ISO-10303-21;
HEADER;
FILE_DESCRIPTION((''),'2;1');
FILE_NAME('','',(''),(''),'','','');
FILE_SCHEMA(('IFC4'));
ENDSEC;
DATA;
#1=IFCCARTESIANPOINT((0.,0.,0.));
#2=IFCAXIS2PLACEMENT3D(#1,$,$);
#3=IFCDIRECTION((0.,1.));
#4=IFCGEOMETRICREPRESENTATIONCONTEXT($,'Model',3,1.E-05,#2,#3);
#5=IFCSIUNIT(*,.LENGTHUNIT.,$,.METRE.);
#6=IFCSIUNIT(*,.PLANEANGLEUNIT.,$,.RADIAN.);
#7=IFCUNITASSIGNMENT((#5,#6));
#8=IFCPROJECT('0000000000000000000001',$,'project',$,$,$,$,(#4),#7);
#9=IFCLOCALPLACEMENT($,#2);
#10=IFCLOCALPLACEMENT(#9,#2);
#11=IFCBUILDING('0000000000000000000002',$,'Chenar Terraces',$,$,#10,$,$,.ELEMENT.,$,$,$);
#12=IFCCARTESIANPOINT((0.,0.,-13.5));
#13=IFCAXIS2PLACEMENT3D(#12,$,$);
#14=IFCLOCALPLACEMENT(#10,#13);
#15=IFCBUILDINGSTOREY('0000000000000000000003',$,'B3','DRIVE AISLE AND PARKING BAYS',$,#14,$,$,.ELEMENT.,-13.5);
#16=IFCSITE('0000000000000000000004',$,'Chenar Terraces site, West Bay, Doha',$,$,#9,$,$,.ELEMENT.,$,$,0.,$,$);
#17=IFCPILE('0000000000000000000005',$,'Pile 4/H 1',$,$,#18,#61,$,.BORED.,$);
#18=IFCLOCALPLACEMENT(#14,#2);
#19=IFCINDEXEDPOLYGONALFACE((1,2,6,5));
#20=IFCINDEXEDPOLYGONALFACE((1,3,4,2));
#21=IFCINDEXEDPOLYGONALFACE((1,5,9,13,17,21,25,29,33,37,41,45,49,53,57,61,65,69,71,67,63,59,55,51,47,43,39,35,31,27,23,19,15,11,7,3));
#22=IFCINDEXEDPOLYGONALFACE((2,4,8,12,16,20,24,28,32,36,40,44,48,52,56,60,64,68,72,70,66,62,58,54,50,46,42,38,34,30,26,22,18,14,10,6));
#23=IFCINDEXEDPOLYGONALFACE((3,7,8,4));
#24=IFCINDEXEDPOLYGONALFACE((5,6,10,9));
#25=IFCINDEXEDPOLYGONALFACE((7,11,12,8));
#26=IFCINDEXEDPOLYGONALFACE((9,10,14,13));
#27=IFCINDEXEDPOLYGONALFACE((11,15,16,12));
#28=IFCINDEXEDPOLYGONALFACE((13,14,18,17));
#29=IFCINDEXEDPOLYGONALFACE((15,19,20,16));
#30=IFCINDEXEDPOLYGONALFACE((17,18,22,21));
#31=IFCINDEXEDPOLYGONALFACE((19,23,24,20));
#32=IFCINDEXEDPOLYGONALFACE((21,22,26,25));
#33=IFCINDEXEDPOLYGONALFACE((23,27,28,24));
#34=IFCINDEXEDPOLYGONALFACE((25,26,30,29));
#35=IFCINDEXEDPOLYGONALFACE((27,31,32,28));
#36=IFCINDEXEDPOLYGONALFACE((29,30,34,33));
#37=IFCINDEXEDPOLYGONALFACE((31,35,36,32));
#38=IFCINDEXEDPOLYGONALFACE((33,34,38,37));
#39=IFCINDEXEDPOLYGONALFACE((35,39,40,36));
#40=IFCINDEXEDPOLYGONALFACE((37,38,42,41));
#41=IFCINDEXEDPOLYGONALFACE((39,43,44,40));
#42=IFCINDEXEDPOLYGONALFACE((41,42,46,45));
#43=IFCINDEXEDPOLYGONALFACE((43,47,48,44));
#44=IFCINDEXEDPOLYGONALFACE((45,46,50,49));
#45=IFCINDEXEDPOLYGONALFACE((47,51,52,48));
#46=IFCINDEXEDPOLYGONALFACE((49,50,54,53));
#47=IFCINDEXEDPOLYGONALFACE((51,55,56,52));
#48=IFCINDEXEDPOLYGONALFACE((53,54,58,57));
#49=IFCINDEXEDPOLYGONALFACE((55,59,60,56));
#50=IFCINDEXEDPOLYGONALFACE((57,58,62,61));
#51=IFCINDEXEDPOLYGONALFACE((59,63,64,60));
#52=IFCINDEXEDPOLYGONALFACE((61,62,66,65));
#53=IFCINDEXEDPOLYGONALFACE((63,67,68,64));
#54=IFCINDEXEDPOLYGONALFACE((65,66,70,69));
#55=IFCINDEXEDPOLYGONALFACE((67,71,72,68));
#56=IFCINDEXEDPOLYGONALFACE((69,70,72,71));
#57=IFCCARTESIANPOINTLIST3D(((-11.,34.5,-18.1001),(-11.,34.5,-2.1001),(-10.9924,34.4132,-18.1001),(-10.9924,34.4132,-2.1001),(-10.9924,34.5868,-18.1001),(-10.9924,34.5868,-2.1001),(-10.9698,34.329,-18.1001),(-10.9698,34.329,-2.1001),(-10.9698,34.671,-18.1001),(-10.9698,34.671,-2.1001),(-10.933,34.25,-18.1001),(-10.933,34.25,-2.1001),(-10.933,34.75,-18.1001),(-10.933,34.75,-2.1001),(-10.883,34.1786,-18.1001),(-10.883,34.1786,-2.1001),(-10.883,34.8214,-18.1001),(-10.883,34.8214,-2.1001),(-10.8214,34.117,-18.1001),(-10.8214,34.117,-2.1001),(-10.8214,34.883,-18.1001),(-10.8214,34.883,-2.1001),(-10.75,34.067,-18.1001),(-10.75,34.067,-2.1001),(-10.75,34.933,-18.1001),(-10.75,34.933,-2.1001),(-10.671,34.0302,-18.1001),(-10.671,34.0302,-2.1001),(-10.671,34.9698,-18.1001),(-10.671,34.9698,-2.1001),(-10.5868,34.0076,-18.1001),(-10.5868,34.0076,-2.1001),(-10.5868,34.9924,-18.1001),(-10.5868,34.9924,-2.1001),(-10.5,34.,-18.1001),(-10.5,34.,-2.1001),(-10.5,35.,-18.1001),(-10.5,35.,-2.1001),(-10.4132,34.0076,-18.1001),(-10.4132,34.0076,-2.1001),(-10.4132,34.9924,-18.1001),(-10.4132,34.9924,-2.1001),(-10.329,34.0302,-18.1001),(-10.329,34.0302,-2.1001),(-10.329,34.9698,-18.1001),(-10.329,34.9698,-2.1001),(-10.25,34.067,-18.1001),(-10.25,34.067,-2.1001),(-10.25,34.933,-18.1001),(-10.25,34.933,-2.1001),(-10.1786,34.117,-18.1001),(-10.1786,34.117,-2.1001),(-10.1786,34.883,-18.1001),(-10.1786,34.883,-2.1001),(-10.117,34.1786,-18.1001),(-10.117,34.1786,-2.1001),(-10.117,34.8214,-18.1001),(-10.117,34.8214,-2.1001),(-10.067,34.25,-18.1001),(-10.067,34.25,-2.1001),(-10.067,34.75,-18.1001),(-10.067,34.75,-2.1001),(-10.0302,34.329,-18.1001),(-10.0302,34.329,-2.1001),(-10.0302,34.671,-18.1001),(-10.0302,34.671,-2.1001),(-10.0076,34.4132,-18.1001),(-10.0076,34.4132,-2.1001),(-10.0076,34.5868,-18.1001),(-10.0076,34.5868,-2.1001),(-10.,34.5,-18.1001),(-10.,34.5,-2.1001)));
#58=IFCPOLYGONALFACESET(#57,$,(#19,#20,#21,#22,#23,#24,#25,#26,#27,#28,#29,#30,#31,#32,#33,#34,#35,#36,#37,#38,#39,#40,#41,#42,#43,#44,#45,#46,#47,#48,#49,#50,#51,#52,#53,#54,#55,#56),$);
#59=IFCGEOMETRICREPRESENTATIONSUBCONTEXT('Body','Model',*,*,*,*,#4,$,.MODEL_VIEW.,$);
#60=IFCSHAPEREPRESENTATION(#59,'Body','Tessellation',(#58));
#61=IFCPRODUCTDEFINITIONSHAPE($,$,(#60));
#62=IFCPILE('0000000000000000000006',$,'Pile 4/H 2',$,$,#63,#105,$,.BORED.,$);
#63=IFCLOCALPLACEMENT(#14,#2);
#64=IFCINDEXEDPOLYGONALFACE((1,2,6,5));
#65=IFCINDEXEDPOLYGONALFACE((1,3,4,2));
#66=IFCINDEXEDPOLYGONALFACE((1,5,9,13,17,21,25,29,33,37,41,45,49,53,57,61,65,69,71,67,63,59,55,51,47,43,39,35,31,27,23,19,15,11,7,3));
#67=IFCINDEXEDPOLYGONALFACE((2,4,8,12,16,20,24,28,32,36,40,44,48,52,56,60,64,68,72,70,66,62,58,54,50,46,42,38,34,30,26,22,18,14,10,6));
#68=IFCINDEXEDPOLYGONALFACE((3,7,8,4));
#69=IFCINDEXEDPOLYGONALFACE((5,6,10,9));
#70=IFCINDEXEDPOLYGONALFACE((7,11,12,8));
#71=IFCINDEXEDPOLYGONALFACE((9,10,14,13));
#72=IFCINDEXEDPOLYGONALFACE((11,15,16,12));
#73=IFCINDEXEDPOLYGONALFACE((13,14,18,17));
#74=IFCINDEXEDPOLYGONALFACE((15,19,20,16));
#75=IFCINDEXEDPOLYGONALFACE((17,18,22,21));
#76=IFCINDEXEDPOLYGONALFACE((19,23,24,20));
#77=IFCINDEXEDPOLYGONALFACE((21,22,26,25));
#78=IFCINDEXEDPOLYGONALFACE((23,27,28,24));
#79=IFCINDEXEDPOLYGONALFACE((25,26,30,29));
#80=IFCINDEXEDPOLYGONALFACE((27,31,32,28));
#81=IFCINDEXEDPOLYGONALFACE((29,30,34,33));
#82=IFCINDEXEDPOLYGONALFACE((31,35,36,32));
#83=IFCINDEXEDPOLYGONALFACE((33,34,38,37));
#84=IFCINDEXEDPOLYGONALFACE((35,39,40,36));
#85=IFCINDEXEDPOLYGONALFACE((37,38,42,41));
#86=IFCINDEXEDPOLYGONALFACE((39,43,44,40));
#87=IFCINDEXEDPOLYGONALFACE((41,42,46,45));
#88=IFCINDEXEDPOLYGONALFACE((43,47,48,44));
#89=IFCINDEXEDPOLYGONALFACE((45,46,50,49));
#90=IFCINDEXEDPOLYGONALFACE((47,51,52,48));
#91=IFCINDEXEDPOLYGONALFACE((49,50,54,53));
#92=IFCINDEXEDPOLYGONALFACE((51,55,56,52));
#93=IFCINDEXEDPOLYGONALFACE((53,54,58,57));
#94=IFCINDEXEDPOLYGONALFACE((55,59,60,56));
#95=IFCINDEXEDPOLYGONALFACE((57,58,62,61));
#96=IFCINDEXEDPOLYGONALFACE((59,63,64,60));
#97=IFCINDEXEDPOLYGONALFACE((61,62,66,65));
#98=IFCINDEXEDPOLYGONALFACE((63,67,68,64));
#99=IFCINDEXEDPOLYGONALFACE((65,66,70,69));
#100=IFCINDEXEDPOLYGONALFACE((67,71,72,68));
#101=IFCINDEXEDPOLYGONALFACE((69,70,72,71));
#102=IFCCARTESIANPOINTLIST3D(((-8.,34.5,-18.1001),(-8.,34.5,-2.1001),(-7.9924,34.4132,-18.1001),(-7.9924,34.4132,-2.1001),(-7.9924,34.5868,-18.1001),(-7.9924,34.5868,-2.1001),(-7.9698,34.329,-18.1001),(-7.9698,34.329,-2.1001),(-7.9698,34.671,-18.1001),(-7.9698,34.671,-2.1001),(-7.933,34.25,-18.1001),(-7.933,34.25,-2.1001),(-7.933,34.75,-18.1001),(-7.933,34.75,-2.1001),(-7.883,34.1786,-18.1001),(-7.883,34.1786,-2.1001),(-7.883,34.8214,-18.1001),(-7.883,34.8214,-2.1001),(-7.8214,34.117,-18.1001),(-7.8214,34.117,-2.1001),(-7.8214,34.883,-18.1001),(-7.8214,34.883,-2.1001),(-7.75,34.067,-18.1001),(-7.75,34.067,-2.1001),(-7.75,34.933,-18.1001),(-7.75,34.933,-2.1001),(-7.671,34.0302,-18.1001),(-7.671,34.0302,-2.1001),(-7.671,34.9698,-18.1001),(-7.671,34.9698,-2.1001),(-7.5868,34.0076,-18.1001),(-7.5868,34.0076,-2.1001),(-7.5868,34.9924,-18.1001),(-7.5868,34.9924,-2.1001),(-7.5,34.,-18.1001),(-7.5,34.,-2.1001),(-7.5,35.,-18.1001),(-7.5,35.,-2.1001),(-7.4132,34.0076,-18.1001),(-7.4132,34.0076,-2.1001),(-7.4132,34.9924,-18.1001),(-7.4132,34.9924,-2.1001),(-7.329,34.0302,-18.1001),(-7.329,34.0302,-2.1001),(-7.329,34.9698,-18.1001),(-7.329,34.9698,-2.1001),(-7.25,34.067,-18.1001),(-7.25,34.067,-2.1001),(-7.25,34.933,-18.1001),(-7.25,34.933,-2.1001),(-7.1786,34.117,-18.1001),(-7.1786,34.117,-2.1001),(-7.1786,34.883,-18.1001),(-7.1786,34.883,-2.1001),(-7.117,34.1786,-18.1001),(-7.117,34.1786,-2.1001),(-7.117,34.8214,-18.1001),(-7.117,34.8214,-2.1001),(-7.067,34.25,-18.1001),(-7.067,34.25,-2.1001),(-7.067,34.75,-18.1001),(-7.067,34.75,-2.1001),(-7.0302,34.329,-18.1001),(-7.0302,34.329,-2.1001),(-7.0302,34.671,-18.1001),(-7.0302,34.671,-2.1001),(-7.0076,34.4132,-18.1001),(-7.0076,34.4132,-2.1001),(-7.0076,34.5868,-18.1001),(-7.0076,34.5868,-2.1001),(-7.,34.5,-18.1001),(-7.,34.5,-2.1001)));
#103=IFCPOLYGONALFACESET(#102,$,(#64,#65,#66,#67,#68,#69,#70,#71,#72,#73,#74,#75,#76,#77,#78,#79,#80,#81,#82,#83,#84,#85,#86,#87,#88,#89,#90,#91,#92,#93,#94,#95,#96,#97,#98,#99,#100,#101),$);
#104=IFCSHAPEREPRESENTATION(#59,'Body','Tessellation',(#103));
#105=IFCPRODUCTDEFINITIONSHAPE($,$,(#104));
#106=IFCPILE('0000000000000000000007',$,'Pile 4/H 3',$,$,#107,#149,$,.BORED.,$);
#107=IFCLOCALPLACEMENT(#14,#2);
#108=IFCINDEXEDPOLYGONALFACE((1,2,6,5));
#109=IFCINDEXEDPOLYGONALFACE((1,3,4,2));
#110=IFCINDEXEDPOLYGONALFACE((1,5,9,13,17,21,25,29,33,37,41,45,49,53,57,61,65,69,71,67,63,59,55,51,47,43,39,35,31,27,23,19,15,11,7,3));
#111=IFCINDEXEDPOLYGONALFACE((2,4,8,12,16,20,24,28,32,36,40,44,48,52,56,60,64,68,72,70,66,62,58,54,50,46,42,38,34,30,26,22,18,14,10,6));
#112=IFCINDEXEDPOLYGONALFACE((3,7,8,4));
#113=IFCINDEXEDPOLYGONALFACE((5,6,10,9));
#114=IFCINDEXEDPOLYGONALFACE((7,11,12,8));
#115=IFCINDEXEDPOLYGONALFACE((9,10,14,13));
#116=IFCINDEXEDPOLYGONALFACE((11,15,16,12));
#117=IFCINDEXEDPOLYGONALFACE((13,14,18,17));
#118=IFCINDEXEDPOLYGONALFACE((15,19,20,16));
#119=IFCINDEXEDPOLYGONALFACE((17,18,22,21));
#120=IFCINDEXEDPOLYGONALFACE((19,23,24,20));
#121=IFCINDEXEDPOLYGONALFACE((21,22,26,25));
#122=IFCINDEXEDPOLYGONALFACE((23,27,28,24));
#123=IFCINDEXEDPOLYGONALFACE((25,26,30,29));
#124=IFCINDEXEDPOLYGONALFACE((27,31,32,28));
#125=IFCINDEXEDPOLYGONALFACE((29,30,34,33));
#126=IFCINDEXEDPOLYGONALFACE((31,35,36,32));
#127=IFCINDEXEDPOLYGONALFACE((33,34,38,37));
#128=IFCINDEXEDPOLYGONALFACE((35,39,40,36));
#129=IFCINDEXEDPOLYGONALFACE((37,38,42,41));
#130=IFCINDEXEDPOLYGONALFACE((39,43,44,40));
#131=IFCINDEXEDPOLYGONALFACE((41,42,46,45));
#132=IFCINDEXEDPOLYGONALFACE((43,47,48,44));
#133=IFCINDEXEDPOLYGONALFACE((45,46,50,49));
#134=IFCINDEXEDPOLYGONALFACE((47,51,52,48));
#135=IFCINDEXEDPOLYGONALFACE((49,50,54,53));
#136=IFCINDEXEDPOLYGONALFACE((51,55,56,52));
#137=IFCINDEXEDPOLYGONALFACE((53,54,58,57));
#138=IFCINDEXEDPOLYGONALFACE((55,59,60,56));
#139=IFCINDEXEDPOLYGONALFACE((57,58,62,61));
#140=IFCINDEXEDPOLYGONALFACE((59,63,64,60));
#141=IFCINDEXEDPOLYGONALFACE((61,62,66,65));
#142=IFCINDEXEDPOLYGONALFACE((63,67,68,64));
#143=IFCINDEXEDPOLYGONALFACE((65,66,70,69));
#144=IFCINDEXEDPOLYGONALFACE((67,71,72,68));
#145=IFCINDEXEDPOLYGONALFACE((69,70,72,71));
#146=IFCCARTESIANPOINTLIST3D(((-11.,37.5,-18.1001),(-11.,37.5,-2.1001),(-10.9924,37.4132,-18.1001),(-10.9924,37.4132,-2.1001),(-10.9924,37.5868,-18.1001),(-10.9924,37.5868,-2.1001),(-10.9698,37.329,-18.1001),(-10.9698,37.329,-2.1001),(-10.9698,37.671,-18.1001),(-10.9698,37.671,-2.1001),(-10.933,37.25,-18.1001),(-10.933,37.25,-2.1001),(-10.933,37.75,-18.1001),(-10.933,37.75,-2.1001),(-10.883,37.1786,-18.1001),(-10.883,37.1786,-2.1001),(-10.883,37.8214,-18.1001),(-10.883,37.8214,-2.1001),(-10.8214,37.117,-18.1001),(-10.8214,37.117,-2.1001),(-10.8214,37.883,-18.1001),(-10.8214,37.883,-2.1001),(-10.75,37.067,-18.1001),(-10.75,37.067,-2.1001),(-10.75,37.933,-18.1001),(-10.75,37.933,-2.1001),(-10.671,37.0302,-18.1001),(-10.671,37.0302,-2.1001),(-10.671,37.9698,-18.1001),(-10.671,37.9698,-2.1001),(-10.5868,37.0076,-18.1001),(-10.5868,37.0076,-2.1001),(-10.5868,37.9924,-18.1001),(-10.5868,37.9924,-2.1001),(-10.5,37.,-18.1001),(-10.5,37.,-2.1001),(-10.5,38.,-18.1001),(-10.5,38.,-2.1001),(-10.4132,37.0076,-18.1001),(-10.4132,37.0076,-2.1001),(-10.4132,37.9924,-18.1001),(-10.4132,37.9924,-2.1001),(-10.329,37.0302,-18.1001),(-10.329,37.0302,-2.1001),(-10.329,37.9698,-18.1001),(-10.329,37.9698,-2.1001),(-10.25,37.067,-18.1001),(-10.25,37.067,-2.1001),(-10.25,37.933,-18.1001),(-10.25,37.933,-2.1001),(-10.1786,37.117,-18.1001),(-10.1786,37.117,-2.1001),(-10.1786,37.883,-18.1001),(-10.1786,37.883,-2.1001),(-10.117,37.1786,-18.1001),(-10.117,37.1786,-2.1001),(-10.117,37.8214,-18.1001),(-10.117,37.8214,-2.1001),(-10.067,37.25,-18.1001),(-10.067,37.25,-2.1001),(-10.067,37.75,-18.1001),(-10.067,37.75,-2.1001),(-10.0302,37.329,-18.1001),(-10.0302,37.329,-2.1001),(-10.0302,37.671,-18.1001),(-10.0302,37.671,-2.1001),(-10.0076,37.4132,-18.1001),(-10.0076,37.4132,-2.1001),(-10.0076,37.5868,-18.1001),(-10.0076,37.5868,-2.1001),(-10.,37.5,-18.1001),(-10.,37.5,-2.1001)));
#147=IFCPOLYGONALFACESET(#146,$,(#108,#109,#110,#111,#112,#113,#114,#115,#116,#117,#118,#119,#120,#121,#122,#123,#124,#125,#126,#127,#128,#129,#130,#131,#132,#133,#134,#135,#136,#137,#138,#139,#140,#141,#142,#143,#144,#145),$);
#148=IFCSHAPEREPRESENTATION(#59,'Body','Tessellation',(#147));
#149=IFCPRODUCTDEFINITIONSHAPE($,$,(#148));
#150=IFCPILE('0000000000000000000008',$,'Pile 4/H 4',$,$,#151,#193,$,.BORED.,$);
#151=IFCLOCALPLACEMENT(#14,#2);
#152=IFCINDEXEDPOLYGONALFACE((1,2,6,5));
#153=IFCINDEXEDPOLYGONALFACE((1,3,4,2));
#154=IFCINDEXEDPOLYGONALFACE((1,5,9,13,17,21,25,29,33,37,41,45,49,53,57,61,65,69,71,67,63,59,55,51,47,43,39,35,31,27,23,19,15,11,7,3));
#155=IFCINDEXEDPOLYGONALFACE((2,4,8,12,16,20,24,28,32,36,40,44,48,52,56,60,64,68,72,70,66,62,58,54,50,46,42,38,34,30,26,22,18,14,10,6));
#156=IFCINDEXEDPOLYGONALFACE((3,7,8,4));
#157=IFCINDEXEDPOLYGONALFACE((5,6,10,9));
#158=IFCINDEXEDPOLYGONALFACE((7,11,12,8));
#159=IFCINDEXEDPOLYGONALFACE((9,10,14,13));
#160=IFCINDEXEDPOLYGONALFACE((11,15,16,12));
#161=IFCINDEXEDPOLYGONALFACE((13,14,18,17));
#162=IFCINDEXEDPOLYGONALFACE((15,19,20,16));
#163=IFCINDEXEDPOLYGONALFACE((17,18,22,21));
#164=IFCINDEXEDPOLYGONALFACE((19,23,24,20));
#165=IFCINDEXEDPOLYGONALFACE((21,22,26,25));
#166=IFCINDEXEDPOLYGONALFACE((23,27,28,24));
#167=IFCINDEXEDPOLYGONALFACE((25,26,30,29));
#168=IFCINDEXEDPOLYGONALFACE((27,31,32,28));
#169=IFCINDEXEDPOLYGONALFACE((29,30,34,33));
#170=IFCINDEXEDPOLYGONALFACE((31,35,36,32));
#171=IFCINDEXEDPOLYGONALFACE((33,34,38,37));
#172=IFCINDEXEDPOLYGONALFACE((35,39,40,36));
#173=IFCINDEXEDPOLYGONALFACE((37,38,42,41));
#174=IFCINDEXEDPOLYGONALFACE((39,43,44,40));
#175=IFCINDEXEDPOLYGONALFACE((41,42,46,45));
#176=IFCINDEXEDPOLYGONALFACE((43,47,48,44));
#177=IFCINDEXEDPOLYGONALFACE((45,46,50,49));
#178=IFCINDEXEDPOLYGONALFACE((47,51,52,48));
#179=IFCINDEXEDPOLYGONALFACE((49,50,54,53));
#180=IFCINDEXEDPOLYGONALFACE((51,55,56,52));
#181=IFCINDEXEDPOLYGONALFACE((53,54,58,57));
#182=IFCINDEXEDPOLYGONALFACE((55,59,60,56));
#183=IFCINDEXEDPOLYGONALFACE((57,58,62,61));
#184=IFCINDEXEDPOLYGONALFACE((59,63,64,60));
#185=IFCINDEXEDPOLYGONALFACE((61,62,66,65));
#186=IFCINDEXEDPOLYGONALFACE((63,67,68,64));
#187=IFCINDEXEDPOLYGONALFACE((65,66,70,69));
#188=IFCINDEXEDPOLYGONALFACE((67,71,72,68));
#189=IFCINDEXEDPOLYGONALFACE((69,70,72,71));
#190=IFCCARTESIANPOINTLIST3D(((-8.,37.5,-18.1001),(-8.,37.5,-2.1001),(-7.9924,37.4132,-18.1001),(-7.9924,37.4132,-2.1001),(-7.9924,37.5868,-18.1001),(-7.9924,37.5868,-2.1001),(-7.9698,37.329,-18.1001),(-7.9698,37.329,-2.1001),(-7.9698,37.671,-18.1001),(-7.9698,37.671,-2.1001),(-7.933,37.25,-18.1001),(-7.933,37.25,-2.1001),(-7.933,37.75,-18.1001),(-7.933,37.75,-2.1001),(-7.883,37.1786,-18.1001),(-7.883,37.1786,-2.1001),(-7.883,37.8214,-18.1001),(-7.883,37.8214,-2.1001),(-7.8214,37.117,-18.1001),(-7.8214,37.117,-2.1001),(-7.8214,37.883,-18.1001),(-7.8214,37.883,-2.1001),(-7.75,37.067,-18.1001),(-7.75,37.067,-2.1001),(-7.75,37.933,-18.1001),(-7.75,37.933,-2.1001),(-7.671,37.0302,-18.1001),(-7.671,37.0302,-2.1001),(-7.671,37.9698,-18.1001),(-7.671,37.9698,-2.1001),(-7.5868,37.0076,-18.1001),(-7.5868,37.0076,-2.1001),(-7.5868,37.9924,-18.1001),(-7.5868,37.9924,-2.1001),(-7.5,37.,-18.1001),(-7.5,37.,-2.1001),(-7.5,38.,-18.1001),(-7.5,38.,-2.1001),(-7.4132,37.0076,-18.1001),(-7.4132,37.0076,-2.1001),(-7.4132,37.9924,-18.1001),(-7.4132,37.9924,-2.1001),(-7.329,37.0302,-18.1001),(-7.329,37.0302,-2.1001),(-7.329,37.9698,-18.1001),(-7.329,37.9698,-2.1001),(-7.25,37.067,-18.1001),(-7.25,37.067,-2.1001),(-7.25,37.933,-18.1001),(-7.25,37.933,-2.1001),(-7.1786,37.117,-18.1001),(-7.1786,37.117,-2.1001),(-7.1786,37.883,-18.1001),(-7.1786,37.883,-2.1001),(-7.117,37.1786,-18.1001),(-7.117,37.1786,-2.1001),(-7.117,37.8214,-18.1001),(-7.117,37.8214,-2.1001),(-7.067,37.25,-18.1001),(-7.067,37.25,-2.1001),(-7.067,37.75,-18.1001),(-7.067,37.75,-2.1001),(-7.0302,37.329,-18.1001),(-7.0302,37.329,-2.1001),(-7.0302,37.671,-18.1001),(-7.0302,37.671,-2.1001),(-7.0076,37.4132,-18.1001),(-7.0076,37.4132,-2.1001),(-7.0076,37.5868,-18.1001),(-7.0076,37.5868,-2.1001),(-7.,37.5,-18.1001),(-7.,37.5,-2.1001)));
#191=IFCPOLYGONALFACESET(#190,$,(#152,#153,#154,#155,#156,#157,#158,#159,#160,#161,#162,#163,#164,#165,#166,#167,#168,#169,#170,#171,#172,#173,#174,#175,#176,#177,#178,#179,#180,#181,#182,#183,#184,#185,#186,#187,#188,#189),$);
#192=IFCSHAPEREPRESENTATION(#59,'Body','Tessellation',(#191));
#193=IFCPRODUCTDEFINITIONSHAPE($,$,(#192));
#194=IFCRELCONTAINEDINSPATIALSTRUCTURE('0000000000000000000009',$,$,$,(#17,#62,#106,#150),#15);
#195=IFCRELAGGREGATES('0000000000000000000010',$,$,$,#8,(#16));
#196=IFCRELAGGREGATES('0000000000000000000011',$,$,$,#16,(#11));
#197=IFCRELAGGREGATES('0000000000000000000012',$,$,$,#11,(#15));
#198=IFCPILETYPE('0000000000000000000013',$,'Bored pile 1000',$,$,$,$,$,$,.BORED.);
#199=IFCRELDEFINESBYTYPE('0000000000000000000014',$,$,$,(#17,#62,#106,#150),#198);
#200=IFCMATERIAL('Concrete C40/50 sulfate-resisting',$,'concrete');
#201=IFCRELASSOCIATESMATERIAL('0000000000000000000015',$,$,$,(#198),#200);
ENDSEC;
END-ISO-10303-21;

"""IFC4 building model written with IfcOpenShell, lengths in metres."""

from ifc_helpers import new_model, si_unit, direction, frame, origin, origin_2d, place, context, subcontext, project, spatial, circle, extrude, material, material_profile, profile_set, type_object, element, save


model = new_model("IFC4")

# Units and contexts
model_context = context("Model", 3, precision=1e-05, world=origin(), true_north=direction((0.0, 1.0)))
body_context = subcontext(model_context, "Body", "Model", "MODEL_VIEW")
ifc_project = project(units=[si_unit("LENGTHUNIT", "METRE"), si_unit("PLANEANGLEUNIT", "RADIAN")], contexts=[model_context])

# Site, building, storey
site_placement = place(None, origin())
site = spatial("IfcSite", under=ifc_project, at=site_placement, Name="Chenar Terraces site, West Bay, Doha", CompositionType="ELEMENT", RefElevation=0.0)
building_placement = place(site_placement, origin())
building = spatial("IfcBuilding", under=site, at=building_placement, Name="Chenar Terraces", CompositionType="ELEMENT")
storey_placement = place(building_placement, frame((0.0, 0.0, -13.5)))
storey = spatial("IfcBuildingStorey", under=building, at=storey_placement, Name="B3", Description="DRIVE AISLE AND PARKING BAYS", CompositionType="ELEMENT", Elevation=-13.5)

# Piles
ifc_material_1 = material(Name="Concrete C40/50 sulfate-resisting", Category="concrete")
ifc_material_profile_1 = material_profile(ifc_material_1, circle(Radius=0.5, at=origin_2d()), Name="BP 1000")
ifc_profile_set_1 = profile_set([ifc_material_profile_1], Name="Concrete C40/50 sulfate-resisting")
pile_type_1 = type_object("IfcPileType", Name="Bored pile 1000", PredefinedType="BORED", material=ifc_profile_set_1)
for number, where, z_axis, x_axis, name in (
    (1, (-10.5, 34.5, -2.1001), (0.0, 0.0, -1.0), (1.0, 0.0, 0.0), "Pile 4/H 1"),
    (2, (-7.5, 34.5, -2.1001), (0.0, 0.0, -1.0), (1.0, 0.0, 0.0), "Pile 4/H 2"),
    (3, (-10.5, 37.5, -2.1001), (0.0, 0.0, -1.0), (1.0, 0.0, 0.0), "Pile 4/H 3"),
    (4, (-7.5, 37.5, -2.1001), (0.0, 0.0, -1.0), (1.0, 0.0, 0.0), "Pile 4/H 4"),
):
    element("IfcPile", number, at=place(storey_placement, frame(where, z_axis=z_axis, x_axis=x_axis)), inside=storey, type_object=pile_type_1, Name=name, PredefinedType="BORED", context=body_context, shape_type="SweptSolid", body=[
        extrude(circle(Radius=0.5, at=origin_2d()), origin(), (0.0, 0.0, 1.0), 16.0),
    ])

save(model, "model.ifc")
